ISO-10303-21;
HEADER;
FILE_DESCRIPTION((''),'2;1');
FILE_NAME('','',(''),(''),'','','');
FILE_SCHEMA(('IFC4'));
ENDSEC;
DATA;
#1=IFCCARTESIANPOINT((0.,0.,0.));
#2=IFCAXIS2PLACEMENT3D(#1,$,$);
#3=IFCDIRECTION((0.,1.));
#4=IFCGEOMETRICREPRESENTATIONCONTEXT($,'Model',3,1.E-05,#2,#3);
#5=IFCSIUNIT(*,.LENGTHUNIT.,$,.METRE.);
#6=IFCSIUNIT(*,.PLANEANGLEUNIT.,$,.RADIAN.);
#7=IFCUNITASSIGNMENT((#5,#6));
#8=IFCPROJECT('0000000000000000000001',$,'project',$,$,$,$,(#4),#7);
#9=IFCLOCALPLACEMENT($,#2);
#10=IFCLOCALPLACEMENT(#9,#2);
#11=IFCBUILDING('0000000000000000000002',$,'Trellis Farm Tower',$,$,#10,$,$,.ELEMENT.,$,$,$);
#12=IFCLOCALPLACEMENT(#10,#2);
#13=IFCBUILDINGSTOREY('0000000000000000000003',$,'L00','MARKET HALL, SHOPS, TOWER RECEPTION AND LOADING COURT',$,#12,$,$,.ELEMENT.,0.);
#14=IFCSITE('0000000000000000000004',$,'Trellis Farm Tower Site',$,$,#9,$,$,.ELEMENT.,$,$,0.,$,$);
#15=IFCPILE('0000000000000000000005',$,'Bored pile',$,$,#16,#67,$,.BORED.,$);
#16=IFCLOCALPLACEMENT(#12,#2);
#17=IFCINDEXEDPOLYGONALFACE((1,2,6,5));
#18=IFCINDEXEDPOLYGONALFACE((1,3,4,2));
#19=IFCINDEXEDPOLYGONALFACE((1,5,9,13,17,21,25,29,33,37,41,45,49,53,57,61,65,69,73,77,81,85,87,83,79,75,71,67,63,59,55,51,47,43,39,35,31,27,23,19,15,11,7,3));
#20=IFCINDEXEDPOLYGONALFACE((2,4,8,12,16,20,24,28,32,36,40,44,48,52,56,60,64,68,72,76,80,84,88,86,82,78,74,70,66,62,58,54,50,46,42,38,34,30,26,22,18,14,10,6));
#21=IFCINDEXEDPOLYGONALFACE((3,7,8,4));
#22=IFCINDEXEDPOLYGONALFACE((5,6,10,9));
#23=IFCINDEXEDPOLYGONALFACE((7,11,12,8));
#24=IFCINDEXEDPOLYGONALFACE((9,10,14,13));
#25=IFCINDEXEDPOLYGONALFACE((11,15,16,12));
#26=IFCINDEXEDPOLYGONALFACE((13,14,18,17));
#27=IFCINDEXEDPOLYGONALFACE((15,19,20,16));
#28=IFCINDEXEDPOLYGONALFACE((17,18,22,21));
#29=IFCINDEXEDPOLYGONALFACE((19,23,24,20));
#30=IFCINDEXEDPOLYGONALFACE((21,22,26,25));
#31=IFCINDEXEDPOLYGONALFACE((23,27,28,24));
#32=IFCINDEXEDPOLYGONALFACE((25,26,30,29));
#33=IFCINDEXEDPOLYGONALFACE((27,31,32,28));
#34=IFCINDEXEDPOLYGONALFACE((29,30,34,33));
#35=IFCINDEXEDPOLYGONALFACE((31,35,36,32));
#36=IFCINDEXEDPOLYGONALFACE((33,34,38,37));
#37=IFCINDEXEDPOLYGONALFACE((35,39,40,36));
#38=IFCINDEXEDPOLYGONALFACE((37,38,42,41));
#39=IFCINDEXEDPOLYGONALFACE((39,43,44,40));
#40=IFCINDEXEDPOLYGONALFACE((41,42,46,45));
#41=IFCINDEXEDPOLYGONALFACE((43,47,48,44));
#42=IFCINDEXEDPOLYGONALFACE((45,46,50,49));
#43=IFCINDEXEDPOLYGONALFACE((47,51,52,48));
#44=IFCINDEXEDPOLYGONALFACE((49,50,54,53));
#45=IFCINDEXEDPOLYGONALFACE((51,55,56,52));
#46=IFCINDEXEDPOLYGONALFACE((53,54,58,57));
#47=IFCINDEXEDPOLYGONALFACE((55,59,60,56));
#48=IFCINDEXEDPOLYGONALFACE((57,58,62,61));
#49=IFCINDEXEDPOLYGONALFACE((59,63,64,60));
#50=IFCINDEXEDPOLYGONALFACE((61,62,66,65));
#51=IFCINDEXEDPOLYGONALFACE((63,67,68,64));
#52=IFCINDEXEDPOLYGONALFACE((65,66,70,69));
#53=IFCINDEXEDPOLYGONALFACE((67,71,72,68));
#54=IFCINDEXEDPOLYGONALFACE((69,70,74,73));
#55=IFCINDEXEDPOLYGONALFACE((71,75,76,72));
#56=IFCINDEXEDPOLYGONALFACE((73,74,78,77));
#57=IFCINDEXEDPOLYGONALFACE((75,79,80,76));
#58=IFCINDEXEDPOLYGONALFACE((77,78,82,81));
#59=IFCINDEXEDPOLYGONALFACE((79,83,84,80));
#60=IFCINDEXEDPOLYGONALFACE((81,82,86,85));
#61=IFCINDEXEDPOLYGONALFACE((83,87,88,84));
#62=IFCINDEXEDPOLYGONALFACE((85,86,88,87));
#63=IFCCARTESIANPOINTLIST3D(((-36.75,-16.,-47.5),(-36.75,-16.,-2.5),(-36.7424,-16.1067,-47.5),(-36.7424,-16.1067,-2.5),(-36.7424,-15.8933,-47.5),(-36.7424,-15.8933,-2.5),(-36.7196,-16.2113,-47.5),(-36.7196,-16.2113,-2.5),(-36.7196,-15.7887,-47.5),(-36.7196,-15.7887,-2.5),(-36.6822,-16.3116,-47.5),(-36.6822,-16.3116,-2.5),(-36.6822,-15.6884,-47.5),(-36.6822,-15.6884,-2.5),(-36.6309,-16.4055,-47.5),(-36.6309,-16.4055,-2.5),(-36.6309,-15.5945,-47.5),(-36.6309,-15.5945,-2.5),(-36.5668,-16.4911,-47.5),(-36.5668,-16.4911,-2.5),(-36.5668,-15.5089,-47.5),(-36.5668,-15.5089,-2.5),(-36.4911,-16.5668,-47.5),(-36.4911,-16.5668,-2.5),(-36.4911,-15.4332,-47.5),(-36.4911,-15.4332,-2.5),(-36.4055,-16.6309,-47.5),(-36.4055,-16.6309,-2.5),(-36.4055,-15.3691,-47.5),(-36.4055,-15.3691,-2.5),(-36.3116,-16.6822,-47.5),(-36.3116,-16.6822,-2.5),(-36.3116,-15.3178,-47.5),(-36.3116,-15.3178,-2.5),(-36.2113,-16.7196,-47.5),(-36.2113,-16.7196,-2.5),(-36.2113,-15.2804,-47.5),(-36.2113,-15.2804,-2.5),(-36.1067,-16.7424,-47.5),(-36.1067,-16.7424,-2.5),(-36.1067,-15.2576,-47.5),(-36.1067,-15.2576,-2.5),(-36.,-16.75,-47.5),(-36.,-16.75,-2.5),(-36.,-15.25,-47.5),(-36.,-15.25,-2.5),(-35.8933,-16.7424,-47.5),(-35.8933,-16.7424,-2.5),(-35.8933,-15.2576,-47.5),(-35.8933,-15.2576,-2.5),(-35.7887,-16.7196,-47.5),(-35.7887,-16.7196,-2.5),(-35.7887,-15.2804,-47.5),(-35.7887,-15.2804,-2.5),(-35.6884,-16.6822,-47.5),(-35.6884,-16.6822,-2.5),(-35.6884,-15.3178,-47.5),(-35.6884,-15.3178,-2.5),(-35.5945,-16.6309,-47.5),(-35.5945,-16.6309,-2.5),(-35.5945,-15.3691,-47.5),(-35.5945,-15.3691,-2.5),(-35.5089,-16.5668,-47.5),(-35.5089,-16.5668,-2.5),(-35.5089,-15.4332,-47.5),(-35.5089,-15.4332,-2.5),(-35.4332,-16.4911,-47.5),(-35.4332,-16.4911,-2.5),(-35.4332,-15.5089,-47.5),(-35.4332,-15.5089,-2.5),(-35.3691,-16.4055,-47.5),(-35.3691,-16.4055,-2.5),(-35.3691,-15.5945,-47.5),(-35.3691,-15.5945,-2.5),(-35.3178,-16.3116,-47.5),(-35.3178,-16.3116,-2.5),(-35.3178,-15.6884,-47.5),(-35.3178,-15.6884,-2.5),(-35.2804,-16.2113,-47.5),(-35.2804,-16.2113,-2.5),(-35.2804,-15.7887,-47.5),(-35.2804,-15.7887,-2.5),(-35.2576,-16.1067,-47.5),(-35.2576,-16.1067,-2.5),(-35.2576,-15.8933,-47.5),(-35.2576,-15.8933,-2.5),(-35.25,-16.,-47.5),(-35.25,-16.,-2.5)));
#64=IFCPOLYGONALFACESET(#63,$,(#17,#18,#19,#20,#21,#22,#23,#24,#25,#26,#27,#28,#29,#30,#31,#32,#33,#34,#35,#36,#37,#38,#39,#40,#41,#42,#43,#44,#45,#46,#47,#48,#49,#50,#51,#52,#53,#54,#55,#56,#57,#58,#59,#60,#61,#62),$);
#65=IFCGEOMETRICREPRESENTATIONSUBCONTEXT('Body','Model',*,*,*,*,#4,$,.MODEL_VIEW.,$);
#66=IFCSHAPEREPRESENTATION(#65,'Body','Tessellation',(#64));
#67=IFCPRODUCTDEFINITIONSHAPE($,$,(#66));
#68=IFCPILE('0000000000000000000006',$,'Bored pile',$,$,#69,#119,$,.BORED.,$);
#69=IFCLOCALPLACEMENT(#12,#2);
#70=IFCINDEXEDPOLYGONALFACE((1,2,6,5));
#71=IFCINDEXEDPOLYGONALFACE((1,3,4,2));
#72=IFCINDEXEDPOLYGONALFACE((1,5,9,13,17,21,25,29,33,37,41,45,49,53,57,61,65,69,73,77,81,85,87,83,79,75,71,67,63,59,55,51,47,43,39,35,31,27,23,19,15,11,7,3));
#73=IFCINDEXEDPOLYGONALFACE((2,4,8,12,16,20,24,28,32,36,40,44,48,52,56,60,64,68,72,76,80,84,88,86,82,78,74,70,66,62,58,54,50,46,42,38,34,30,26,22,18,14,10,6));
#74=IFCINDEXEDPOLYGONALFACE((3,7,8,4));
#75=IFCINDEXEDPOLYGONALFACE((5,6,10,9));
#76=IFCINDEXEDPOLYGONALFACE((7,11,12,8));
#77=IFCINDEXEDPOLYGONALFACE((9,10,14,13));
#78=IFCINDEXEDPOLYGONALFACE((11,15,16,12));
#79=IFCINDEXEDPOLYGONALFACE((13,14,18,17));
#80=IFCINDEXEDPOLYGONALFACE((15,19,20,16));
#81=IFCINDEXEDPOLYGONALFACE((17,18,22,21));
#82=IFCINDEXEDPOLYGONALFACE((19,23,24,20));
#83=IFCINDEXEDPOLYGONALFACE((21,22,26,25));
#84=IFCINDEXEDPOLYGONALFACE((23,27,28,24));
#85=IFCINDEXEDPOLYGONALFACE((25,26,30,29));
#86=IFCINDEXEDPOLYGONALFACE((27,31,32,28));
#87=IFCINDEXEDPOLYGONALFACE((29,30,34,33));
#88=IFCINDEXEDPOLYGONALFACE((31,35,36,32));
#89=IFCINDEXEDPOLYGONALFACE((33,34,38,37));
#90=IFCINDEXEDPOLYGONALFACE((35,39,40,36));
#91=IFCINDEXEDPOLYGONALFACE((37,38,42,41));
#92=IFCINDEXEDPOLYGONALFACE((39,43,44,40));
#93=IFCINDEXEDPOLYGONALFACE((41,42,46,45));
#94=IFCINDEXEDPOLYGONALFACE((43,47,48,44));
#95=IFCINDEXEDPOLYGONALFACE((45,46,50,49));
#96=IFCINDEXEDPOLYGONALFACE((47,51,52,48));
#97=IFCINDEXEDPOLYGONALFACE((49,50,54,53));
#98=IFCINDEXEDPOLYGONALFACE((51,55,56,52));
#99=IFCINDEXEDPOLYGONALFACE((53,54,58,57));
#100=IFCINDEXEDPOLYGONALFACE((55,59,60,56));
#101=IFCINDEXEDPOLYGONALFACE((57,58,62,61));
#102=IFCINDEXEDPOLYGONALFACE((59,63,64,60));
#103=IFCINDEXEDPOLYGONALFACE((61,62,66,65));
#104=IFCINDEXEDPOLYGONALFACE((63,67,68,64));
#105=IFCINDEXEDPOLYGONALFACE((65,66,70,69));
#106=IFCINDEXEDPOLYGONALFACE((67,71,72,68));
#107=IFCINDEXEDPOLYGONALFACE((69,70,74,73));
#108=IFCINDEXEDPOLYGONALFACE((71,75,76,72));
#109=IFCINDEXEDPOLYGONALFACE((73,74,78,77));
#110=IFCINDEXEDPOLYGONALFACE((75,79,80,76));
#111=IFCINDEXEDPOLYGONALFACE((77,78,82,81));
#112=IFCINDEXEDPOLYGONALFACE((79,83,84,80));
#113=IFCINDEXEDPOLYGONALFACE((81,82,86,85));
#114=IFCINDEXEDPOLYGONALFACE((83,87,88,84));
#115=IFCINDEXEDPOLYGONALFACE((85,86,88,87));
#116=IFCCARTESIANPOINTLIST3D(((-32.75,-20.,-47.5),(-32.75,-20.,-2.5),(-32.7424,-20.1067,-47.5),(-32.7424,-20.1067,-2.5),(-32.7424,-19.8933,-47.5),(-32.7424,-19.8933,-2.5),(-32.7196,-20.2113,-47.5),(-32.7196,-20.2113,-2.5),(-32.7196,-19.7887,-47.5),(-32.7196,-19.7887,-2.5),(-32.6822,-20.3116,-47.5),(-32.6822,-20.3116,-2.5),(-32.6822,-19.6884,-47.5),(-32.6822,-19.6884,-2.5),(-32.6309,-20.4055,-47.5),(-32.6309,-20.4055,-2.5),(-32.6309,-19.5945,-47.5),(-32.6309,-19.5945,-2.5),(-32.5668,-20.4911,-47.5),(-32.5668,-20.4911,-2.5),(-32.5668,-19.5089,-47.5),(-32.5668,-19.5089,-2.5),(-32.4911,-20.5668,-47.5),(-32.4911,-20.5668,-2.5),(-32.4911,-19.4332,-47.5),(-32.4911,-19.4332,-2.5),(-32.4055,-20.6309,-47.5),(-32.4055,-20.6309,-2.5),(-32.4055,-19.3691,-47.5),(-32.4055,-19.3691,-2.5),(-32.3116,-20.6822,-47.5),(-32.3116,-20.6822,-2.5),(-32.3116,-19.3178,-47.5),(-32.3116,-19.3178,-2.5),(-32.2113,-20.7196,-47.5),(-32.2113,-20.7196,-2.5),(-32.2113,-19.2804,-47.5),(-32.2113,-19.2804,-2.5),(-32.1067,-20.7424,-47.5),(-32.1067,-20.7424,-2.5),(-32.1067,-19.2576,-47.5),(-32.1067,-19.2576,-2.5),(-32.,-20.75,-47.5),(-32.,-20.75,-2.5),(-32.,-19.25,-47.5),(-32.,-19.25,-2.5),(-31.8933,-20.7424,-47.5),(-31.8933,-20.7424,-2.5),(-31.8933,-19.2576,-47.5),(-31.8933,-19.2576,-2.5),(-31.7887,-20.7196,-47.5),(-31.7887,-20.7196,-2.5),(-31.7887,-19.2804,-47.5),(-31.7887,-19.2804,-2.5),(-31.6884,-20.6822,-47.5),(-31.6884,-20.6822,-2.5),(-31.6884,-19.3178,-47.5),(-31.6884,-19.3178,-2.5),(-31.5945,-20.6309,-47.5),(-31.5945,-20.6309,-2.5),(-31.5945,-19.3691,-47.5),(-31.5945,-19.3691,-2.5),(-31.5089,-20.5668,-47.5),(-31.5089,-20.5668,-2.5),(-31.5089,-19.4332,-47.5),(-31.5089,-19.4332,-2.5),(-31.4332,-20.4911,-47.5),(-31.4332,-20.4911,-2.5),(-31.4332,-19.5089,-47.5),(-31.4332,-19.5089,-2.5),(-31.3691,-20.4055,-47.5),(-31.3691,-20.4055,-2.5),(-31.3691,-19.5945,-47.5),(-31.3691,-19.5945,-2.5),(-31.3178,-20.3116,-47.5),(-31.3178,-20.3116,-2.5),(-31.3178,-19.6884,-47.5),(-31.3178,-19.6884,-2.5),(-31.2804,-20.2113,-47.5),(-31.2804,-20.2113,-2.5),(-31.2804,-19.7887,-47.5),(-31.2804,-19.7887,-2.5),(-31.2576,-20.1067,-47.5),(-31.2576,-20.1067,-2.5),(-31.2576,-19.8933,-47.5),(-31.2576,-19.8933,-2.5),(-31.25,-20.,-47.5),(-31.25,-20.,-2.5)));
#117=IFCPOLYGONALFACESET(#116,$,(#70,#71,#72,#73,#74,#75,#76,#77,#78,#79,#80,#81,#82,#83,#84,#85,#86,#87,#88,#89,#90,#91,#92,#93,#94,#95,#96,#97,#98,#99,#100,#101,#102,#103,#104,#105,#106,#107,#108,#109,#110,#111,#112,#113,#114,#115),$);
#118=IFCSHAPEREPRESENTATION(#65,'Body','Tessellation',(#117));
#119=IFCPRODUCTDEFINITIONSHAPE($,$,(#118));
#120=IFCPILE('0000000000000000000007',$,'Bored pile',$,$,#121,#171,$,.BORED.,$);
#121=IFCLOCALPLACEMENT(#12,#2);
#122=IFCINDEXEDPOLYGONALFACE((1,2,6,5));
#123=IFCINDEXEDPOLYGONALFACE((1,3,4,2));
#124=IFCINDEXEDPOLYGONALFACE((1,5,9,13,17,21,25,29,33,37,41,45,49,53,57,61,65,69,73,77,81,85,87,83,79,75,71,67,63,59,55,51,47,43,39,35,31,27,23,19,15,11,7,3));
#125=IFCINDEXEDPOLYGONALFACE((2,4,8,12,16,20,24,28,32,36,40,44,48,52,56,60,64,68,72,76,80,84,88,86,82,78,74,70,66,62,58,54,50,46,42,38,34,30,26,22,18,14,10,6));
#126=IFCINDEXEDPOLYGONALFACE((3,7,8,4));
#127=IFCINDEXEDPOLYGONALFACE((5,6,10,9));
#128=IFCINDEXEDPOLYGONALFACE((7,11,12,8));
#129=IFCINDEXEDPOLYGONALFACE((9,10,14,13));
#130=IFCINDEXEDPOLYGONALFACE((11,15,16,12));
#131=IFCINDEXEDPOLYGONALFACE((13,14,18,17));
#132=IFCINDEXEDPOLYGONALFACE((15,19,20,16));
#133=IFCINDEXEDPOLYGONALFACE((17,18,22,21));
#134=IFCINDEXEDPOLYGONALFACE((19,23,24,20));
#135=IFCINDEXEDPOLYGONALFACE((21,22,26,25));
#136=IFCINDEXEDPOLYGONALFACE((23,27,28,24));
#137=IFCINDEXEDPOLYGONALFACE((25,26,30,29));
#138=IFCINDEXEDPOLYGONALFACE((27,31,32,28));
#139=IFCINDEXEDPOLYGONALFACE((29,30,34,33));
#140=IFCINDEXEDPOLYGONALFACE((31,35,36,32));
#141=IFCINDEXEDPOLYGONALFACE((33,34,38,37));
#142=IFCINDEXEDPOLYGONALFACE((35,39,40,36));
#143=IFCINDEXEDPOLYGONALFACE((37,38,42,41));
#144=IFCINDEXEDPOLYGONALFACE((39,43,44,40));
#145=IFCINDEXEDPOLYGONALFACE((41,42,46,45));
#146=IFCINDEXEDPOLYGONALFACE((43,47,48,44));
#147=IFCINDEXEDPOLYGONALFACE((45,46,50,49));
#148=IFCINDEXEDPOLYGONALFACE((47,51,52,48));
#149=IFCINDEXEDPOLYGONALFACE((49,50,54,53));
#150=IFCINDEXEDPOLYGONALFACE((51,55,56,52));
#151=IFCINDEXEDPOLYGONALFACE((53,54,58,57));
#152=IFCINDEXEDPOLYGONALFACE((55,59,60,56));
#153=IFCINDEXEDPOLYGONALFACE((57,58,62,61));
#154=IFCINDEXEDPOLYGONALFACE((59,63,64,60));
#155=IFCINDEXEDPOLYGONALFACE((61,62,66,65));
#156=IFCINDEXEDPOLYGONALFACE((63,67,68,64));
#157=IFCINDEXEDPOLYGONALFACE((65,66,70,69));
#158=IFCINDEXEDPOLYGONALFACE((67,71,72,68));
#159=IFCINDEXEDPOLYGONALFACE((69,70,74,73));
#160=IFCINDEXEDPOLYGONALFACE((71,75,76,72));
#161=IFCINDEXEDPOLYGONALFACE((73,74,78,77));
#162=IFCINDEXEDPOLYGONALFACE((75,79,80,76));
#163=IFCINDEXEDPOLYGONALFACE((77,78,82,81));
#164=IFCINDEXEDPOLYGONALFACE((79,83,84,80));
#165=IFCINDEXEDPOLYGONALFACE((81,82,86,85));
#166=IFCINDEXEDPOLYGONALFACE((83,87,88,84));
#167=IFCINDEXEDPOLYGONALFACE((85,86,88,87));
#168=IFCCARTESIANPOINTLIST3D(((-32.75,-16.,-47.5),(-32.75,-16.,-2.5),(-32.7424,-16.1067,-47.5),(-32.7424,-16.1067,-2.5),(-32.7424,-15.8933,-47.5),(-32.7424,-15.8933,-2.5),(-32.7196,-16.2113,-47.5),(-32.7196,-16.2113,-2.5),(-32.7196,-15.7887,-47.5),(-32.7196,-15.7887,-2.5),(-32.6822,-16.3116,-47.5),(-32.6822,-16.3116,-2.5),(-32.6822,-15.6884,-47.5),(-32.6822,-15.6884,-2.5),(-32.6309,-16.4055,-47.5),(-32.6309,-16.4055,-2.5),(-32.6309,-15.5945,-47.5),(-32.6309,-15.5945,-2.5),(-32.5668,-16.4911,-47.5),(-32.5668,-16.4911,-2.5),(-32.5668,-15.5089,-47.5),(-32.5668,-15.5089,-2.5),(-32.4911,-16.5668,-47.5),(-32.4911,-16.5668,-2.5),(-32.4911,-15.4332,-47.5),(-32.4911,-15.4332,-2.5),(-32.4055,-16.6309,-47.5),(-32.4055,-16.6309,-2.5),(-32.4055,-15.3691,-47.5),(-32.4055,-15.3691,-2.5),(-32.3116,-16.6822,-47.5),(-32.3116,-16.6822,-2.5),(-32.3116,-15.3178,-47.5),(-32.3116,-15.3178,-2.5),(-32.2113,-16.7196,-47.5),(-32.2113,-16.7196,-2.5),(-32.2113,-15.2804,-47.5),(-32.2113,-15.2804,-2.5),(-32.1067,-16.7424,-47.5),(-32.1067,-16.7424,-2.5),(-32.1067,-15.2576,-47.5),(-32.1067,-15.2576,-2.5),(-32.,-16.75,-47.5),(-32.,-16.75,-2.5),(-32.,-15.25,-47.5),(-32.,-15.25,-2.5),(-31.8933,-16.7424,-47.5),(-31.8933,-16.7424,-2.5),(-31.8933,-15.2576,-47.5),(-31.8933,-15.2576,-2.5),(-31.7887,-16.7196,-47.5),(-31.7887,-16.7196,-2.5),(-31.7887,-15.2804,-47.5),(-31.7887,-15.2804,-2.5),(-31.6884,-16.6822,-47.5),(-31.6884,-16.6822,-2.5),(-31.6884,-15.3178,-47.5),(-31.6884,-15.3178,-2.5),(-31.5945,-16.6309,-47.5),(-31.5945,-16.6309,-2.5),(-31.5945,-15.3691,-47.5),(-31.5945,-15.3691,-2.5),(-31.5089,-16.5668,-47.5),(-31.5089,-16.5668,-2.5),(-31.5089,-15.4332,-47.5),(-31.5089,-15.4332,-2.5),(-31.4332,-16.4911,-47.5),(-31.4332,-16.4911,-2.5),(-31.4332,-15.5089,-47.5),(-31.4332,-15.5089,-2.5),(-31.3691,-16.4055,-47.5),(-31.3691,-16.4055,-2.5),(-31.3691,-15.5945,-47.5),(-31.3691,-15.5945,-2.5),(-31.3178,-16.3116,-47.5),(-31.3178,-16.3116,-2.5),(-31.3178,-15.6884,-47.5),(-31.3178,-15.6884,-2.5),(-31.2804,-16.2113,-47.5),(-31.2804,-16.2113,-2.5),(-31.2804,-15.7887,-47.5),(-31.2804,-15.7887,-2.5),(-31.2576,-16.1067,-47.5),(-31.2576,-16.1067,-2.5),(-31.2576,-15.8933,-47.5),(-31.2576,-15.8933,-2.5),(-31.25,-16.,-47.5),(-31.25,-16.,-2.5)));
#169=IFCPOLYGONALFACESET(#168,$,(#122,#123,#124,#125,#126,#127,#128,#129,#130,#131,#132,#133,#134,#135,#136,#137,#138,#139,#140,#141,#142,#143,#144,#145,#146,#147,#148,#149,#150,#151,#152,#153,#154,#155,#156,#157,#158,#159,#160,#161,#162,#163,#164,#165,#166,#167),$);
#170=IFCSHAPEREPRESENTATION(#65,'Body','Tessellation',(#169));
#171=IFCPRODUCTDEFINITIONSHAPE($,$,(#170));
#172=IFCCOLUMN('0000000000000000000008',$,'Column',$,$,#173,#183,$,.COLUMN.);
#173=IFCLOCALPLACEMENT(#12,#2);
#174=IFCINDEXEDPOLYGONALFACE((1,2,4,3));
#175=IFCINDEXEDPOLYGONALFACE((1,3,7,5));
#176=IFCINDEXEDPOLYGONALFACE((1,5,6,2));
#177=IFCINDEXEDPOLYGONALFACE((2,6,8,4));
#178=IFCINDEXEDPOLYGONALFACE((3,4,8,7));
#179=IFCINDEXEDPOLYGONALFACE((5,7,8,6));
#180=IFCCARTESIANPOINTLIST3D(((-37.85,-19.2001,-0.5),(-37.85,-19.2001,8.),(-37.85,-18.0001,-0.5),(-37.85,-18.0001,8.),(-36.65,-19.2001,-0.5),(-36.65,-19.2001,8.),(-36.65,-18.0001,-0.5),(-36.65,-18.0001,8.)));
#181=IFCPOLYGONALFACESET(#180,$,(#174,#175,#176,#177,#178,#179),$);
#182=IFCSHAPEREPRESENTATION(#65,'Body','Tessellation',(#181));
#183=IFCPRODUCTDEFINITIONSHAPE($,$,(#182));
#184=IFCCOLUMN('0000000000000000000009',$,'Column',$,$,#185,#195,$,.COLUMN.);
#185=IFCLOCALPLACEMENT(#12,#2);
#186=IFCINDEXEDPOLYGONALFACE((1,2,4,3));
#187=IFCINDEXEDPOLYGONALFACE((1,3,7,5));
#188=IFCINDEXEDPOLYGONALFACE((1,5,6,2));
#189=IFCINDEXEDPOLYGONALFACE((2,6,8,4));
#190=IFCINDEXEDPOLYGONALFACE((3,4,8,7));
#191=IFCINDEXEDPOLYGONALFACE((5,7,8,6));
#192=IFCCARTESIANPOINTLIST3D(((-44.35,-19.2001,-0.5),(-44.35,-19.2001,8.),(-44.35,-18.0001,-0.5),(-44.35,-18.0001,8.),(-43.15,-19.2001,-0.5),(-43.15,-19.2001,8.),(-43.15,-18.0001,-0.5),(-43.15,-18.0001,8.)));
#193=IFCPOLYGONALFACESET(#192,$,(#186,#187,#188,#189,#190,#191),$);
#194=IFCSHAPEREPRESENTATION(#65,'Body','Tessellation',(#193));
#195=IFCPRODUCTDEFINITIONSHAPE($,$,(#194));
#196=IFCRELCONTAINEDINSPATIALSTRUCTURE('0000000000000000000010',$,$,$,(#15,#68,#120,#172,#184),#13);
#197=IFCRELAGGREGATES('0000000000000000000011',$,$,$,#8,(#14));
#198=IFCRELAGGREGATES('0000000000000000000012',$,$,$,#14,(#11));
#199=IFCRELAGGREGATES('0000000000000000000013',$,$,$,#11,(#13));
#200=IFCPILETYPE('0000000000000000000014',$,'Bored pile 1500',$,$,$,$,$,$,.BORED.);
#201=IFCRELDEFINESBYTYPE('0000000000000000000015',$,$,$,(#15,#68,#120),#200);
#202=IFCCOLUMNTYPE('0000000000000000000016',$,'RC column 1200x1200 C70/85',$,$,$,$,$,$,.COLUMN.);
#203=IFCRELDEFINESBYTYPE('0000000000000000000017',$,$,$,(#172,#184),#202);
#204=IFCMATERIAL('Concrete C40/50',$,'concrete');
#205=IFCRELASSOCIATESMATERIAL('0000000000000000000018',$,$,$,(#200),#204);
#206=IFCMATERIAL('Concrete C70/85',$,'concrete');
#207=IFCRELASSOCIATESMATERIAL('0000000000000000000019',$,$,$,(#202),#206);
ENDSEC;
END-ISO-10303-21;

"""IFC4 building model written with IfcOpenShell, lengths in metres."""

from ifc_helpers import new_model, si_unit, direction, frame, origin, origin_2d, place, context, subcontext, project, spatial, rectangle, circle, extrude, source, transform, mapped, material, material_profile, profile_set, type_object, element, save


model = new_model("IFC4")

# Units and contexts
model_context = context("Model", 3, precision=1e-05, world=origin(), true_north=direction((0.0, 1.0)))
body_context = subcontext(model_context, "Body", "Model", "MODEL_VIEW")
ifc_project = project(units=[si_unit("LENGTHUNIT", "METRE"), si_unit("PLANEANGLEUNIT", "RADIAN")], contexts=[model_context])

# Site, building, storey
site_placement = place(None, origin())
site = spatial("IfcSite", under=ifc_project, at=site_placement, Name="Trellis Farm Tower Site", CompositionType="ELEMENT", RefElevation=0.0)
building_placement = place(site_placement, origin())
building = spatial("IfcBuilding", under=site, at=building_placement, Name="Trellis Farm Tower", CompositionType="ELEMENT")
storey_placement = place(building_placement, origin())
storey = spatial("IfcBuildingStorey", under=building, at=storey_placement, Name="L00", Description="MARKET HALL, SHOPS, TOWER RECEPTION AND LOADING COURT", CompositionType="ELEMENT", Elevation=0.0)

# Piles
ifc_material_1 = material(Name="Concrete C40/50", Category="concrete")
ifc_material_profile_1 = material_profile(ifc_material_1, circle(Radius=0.75, at=origin_2d()), Name="Bored pile 1500")
ifc_profile_set_1 = profile_set([ifc_material_profile_1], Name="Concrete C40/50")
pile_type = type_object("IfcPileType", Name="Bored pile 1500", PredefinedType="BORED", material=ifc_profile_set_1)
shared_shape_1 = source(origin(), body_context, "Body", "SweptSolid", [
    extrude(circle(Radius=0.75, at=origin_2d()), origin(), (0.0, 0.0, 1.0), 45.0),
])
for number, where, z_axis, x_axis, name in (
    (1, (-36.0, -16.0, -2.5), (0.0, 0.0, -1.0), (1.0, 0.0, 0.0), "Bored pile"),
    (2, (-32.0, -20.0, -2.5), (0.0, 0.0, -1.0), (1.0, 0.0, 0.0), "Bored pile"),
    (3, (-32.0, -16.0, -2.5), (0.0, 0.0, -1.0), (1.0, 0.0, 0.0), "Bored pile"),
):
    element("IfcPile", number, at=place(storey_placement, frame(where, z_axis=z_axis, x_axis=x_axis)), inside=storey, type_object=pile_type, Name=name, PredefinedType="BORED", context=body_context, shape_type="MappedRepresentation", body=[
        mapped(shared_shape_1, transform((0.0, 0.0, 0.0))),
    ])

# Columns
ifc_material_2 = material(Name="Concrete C70/85", Category="concrete")
ifc_material_profile_2 = material_profile(ifc_material_2, rectangle(XDim=1.2, YDim=1.2, at=origin_2d()), Name="RC column 1200x1200 C70/85")
ifc_profile_set_2 = profile_set([ifc_material_profile_2], Name="Concrete C70/85")
column_type = type_object("IfcColumnType", Name="RC column 1200x1200 C70/85", PredefinedType="COLUMN", material=ifc_profile_set_2)
shared_shape_2 = source(origin(), body_context, "Body", "SweptSolid", [
    extrude(rectangle(XDim=1.2, YDim=1.2, at=origin_2d()), origin(), (0.0, 0.0, 1.0), 8.5),
])
for number, where, z_axis, x_axis, name in (
    (4, (-37.25, -18.6001, -0.5), (0.0, 0.0, 1.0), (1.0, 0.0, 0.0), "Column"),
    (5, (-43.75, -18.6001, -0.5), (0.0, 0.0, 1.0), (1.0, 0.0, 0.0), "Column"),
):
    element("IfcColumn", number, at=place(storey_placement, frame(where, z_axis=z_axis, x_axis=x_axis)), inside=storey, type_object=column_type, Name=name, PredefinedType="COLUMN", context=body_context, shape_type="MappedRepresentation", body=[
        mapped(shared_shape_2, transform((0.0, 0.0, 0.0))),
    ])

save(model, "model.ifc")
